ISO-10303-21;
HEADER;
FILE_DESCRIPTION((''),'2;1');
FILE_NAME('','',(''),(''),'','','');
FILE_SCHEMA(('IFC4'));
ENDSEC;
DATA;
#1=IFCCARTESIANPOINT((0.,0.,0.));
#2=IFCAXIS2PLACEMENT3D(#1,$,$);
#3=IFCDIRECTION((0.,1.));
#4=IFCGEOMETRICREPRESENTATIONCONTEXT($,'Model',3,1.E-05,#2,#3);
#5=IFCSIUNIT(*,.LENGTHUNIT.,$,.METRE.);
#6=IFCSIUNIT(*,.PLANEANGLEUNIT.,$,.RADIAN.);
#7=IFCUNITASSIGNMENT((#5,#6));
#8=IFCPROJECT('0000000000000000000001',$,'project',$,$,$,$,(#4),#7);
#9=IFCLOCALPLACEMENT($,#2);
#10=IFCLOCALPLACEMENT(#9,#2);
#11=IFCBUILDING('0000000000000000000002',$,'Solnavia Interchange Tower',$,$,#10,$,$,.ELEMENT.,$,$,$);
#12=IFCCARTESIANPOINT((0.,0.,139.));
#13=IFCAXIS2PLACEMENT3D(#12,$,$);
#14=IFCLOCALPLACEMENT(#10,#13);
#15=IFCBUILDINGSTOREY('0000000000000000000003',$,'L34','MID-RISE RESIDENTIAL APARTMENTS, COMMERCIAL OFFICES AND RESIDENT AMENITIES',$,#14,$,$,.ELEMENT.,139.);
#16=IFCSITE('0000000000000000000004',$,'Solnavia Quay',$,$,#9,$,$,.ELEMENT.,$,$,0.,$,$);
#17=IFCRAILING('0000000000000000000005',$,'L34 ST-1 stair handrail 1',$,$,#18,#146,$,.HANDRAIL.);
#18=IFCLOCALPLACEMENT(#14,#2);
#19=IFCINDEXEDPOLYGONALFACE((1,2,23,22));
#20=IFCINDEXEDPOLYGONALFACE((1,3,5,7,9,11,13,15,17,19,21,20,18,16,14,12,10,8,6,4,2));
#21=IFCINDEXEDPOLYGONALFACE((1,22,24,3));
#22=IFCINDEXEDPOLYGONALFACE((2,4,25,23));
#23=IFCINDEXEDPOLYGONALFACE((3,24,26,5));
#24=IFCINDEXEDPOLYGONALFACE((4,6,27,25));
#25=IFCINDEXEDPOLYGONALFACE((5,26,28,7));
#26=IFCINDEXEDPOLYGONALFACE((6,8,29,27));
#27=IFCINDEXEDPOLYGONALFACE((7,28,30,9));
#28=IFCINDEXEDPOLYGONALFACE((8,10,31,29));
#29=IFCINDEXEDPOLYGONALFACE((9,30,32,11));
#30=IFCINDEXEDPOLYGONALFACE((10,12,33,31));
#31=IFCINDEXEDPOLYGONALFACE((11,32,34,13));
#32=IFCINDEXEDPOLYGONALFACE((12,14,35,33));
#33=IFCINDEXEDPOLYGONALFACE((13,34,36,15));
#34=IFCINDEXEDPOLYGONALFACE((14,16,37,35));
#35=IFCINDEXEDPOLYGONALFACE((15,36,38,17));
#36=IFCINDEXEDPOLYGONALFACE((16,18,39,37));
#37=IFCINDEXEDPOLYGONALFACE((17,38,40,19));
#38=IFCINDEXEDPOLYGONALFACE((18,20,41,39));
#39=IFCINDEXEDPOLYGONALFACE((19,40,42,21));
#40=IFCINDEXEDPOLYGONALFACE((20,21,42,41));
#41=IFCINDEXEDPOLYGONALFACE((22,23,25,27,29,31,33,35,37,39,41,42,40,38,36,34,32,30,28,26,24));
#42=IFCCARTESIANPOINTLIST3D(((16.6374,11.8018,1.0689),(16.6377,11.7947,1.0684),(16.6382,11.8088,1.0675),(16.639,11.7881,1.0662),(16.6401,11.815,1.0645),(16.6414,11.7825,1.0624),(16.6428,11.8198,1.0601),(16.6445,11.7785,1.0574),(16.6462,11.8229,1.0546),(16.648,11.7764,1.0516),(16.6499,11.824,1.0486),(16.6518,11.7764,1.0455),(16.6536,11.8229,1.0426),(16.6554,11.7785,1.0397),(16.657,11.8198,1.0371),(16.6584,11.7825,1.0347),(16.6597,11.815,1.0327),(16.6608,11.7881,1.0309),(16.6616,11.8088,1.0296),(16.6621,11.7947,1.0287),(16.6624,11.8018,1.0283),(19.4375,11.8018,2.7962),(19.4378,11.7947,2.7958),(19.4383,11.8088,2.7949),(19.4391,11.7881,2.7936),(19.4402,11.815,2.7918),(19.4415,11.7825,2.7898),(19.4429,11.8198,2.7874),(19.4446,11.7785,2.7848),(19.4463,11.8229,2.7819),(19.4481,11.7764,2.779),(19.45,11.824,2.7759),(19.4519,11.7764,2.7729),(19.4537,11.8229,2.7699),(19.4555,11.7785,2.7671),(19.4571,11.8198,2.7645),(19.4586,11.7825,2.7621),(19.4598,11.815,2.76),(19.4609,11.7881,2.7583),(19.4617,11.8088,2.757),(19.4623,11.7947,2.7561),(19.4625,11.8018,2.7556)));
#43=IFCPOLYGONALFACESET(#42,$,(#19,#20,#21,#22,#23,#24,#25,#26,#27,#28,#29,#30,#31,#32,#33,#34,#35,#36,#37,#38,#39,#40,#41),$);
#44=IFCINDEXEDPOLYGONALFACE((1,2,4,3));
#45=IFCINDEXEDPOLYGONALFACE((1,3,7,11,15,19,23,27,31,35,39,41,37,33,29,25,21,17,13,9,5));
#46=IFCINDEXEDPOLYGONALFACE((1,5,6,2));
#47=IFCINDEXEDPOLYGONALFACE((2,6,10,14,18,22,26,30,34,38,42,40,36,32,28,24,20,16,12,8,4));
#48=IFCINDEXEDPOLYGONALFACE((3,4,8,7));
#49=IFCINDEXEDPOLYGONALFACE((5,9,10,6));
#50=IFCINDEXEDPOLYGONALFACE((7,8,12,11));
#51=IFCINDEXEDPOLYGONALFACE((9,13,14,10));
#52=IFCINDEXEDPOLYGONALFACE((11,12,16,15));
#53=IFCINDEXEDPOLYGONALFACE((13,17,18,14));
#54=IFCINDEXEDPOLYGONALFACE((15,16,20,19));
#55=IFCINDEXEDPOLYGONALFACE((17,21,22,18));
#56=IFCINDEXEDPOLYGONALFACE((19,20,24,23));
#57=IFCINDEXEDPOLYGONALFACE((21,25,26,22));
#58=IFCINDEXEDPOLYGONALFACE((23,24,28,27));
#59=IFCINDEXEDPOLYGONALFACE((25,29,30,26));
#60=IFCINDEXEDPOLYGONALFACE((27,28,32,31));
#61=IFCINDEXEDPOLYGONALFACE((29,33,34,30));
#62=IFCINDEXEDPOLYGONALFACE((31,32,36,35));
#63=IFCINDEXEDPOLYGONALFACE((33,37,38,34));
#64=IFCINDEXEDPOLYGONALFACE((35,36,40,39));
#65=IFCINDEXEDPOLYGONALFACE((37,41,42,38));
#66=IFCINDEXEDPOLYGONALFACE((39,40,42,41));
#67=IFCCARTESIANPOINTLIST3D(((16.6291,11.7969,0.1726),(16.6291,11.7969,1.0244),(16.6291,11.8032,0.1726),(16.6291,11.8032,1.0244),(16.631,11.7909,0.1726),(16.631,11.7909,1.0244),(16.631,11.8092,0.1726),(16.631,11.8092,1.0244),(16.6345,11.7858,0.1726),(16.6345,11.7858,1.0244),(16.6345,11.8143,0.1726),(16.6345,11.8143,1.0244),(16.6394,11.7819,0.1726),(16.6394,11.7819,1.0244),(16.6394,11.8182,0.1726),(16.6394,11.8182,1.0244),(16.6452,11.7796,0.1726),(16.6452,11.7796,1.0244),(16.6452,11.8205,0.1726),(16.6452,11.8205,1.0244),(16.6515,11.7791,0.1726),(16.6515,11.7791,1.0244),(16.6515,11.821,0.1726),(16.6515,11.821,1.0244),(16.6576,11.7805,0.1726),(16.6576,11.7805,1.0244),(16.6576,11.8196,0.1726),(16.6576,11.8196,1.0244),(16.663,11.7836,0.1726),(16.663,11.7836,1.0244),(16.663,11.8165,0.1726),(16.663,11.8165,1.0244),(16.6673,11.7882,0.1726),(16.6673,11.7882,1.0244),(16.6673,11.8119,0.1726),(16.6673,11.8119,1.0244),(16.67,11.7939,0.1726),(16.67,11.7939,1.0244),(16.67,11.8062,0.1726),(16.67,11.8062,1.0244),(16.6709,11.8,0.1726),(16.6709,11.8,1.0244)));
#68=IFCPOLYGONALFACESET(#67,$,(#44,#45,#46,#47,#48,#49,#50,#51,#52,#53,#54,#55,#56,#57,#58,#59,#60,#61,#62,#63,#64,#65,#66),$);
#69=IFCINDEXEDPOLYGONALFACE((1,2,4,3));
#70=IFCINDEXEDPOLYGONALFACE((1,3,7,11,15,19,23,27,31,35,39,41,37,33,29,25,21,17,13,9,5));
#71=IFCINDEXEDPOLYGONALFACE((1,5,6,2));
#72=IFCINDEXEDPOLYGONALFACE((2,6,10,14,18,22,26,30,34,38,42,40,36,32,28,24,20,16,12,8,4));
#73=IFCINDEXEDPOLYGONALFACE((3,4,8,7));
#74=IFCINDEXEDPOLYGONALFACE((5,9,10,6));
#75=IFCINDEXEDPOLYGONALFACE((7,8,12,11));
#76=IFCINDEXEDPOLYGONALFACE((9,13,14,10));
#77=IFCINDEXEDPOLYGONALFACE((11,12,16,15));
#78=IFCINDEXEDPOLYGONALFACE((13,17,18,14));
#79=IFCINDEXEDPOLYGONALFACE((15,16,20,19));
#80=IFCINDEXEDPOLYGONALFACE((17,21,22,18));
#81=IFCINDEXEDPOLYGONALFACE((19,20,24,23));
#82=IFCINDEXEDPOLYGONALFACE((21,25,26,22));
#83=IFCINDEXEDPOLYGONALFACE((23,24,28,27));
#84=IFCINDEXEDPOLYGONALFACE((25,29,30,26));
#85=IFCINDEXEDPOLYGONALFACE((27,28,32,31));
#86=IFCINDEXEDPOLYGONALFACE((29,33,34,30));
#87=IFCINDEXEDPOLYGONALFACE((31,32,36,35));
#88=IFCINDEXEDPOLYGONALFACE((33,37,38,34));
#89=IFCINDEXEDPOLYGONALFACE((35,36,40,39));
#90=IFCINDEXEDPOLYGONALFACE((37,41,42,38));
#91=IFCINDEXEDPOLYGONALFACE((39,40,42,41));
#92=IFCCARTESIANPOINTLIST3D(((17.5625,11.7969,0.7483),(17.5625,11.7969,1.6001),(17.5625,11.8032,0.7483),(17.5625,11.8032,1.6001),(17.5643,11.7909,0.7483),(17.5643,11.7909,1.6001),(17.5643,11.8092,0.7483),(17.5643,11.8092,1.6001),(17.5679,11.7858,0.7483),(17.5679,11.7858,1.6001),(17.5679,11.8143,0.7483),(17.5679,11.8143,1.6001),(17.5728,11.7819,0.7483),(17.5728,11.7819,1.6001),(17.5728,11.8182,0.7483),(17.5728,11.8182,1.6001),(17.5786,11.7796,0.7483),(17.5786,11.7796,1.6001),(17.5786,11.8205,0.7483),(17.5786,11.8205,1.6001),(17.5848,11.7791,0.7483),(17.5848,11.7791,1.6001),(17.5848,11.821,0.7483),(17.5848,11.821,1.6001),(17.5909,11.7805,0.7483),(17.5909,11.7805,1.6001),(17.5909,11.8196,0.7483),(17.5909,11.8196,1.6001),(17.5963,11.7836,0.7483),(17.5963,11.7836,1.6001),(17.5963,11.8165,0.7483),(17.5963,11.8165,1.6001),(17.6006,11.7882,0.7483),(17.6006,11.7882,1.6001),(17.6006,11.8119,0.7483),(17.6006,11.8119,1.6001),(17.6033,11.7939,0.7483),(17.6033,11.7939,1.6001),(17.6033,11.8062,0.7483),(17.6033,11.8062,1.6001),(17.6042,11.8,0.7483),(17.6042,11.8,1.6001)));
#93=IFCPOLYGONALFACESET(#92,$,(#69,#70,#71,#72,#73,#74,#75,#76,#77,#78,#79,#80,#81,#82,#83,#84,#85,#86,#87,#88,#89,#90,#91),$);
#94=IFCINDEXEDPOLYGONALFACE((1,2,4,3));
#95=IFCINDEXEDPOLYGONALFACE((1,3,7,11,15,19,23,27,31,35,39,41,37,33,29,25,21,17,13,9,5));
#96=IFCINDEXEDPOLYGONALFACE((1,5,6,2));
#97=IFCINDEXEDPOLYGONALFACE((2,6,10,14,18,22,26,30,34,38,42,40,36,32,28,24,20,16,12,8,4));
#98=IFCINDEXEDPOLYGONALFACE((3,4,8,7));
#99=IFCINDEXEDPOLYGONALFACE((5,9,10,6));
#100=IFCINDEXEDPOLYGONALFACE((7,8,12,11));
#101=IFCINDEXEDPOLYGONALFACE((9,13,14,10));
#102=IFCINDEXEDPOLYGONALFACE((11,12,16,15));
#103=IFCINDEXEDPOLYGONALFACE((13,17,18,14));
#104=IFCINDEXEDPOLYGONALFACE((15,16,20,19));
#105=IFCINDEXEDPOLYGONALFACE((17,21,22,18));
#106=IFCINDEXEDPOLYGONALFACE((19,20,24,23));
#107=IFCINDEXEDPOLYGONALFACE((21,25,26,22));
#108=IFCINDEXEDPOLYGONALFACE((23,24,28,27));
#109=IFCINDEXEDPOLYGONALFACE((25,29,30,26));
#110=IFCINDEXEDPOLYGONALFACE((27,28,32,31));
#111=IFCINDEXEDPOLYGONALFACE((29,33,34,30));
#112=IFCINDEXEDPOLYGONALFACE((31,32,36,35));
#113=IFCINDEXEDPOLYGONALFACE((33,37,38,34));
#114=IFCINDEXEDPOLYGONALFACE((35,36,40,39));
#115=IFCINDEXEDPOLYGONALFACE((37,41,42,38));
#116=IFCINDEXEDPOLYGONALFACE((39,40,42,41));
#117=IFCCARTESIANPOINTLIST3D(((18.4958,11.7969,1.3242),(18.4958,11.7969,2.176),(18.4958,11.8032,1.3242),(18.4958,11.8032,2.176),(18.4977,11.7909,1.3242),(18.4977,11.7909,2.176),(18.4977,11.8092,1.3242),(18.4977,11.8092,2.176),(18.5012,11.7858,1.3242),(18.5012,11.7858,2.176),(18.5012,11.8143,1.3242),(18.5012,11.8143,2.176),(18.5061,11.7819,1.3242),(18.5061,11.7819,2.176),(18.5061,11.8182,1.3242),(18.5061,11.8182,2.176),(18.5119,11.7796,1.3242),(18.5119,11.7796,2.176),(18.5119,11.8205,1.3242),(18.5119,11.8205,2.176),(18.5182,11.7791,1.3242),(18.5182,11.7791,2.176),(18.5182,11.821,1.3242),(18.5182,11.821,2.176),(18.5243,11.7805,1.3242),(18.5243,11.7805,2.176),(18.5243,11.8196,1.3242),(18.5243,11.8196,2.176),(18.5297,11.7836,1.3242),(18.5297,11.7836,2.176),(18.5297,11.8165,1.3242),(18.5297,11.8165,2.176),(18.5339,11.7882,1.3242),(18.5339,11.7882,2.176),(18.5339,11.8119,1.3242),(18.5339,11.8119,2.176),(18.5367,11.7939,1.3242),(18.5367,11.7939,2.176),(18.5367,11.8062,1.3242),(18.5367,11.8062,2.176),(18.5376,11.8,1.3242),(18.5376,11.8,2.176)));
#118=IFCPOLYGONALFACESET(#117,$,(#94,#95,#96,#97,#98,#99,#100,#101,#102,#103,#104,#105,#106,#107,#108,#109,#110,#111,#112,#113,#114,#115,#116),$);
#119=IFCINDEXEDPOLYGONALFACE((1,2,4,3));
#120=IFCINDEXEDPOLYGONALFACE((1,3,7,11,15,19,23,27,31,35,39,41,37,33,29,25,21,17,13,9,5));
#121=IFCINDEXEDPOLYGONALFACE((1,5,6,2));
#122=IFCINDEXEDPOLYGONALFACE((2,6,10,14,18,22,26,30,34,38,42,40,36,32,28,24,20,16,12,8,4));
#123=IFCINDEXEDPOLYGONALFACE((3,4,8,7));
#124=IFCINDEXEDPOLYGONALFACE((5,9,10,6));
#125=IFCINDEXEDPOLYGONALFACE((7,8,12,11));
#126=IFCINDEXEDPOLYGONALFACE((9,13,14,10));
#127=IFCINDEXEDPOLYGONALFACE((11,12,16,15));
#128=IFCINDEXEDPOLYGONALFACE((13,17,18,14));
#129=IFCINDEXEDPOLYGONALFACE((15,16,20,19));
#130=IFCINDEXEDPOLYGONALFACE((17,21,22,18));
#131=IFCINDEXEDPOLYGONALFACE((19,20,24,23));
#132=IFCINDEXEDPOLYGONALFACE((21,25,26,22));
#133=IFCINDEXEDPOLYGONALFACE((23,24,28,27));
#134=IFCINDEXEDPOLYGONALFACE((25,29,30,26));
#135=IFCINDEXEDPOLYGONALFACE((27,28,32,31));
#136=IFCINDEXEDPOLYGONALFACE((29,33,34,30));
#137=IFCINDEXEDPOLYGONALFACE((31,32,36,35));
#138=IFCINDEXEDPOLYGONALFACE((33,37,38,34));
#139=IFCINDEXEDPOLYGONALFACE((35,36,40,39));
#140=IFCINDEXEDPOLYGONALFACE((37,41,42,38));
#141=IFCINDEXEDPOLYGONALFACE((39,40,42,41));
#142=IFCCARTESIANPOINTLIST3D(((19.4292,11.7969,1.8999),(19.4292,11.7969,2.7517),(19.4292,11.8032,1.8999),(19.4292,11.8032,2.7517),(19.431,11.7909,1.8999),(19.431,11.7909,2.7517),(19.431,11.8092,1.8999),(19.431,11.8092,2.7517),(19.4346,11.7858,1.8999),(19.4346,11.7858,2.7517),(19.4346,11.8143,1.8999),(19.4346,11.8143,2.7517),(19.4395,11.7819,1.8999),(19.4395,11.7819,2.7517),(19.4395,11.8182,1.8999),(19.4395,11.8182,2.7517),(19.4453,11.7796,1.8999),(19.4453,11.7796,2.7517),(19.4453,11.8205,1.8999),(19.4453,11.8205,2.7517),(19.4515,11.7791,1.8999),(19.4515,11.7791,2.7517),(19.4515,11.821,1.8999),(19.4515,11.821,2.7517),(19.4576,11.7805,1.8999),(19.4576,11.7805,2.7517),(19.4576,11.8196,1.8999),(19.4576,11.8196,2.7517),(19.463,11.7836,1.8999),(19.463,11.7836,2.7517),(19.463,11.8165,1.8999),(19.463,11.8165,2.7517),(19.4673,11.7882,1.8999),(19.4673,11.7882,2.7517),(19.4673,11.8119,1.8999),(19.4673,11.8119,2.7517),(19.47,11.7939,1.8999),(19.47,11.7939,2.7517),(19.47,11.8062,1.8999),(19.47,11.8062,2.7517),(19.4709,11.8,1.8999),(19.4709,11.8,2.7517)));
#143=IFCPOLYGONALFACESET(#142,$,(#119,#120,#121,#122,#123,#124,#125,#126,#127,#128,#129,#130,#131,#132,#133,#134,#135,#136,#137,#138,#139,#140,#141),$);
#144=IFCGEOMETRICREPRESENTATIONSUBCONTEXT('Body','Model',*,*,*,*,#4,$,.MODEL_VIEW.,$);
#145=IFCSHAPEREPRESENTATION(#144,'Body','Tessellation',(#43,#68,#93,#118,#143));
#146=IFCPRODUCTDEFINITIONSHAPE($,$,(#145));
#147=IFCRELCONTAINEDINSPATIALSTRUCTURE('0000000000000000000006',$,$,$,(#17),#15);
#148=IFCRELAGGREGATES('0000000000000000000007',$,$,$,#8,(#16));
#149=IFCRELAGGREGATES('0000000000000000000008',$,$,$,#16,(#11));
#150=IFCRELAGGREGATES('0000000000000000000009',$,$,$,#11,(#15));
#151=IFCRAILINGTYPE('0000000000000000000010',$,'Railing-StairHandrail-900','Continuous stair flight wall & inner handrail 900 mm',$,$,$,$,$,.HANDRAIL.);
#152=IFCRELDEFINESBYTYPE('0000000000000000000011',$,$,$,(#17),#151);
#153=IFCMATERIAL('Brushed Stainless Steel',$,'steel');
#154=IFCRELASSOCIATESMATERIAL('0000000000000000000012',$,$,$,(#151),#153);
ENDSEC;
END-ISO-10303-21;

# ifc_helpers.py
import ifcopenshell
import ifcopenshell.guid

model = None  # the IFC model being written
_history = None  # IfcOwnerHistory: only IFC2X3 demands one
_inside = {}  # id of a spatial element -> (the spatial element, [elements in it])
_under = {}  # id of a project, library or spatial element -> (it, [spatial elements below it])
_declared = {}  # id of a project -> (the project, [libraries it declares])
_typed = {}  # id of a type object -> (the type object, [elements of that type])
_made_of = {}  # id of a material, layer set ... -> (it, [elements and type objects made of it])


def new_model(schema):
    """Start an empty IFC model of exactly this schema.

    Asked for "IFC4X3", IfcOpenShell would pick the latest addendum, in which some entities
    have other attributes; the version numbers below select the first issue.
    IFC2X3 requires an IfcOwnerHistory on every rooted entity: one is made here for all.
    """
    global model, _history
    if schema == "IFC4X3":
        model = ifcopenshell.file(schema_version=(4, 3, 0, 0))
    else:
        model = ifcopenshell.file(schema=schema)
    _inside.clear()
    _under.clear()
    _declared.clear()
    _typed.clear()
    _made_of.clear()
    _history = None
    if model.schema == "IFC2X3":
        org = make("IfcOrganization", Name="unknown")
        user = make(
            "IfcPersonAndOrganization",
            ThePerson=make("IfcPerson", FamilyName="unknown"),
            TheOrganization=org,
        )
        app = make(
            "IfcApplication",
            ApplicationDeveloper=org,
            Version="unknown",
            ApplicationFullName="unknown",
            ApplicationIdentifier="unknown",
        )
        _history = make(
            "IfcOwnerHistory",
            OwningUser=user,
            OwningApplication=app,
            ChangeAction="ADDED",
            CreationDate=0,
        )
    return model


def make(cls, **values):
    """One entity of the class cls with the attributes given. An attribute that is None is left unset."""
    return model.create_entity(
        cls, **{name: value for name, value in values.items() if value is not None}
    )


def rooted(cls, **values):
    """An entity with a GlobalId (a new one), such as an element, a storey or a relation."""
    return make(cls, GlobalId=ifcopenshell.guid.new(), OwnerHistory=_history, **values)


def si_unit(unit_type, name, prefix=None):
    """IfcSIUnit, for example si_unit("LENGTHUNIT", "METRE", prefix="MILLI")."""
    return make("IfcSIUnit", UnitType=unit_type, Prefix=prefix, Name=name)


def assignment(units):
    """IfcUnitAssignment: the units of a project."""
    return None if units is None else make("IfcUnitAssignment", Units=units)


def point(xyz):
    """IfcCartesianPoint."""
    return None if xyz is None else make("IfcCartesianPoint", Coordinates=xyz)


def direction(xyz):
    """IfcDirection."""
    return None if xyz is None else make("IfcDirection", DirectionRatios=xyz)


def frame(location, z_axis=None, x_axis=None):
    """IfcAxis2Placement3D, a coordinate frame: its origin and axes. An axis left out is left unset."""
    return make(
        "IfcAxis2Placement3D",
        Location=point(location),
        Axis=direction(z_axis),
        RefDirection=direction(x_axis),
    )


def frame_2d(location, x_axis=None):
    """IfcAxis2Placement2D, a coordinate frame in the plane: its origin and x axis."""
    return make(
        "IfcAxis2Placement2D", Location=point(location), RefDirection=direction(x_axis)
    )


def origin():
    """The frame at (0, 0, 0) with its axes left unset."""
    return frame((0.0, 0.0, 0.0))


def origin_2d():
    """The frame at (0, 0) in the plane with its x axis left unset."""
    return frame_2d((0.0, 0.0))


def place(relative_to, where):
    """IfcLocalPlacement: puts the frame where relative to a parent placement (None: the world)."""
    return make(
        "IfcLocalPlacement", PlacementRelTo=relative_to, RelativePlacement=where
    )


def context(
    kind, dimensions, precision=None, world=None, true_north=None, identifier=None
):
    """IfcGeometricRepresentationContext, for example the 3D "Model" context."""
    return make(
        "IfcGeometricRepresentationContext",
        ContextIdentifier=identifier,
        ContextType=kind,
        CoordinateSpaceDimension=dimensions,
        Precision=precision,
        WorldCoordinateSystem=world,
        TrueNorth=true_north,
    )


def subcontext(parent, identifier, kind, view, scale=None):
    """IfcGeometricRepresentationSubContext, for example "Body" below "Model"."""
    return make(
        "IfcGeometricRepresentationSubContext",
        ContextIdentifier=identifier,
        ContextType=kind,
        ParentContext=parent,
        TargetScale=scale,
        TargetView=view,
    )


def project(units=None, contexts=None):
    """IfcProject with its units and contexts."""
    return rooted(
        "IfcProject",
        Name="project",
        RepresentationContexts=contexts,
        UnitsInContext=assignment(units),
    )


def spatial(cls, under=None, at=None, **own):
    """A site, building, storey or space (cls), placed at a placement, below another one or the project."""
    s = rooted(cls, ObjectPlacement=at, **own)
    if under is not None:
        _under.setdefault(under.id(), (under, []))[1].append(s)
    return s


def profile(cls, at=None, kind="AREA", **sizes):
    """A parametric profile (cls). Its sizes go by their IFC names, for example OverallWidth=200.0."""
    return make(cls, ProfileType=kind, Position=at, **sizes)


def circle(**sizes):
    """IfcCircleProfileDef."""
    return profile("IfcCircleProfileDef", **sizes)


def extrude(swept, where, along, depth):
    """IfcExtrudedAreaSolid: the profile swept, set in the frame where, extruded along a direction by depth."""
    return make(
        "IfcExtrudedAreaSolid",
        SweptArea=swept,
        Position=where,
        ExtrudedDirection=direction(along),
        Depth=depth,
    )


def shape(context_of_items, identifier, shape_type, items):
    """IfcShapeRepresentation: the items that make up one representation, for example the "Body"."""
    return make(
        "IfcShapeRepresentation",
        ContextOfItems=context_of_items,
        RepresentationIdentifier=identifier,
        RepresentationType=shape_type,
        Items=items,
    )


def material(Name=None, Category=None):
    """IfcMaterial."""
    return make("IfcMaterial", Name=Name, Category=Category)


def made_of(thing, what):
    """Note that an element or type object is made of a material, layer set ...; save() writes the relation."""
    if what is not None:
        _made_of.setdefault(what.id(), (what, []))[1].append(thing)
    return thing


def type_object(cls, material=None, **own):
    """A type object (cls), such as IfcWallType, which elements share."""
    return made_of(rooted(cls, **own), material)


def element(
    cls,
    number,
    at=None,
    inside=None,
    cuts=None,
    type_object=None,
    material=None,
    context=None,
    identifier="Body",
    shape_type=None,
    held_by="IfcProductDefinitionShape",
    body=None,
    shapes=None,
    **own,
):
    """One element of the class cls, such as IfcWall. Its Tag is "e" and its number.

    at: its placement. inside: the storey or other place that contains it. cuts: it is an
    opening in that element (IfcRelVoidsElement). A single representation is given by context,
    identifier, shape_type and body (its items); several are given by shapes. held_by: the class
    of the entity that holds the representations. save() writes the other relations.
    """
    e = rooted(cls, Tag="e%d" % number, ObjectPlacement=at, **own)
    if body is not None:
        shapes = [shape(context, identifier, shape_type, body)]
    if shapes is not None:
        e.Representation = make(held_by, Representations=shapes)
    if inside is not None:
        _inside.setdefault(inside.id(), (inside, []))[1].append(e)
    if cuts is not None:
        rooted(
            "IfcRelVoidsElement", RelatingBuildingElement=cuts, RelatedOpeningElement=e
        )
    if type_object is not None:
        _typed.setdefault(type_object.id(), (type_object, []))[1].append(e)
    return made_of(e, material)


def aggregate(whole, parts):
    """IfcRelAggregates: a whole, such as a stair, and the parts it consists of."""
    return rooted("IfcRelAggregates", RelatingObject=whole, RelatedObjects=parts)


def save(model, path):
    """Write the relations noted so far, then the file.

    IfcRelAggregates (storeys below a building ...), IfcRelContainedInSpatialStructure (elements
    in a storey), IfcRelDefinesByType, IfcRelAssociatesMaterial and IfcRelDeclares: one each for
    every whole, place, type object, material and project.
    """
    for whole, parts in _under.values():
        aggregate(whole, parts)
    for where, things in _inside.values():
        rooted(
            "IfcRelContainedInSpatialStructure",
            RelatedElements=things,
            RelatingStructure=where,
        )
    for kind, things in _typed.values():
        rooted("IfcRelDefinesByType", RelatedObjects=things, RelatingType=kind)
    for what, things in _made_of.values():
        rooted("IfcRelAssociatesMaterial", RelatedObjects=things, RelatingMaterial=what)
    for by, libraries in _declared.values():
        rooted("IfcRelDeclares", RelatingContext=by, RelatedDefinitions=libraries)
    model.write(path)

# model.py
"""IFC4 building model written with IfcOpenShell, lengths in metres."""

from ifc_helpers import new_model, si_unit, direction, frame, origin, origin_2d, place, context, subcontext, project, spatial, circle, extrude, material, type_object, element, save


model = new_model("IFC4")

# Units and contexts
model_context = context("Model", 3, precision=1e-05, world=origin(), true_north=direction((0.0, 1.0)))
body_context = subcontext(model_context, "Body", "Model", "MODEL_VIEW")
ifc_project = project(units=[si_unit("LENGTHUNIT", "METRE"), si_unit("PLANEANGLEUNIT", "RADIAN")], contexts=[model_context])

# Site, building, storey
site_placement = place(None, origin())
site = spatial("IfcSite", under=ifc_project, at=site_placement, Name="Solnavia Quay", CompositionType="ELEMENT", RefElevation=0.0)
building_placement = place(site_placement, origin())
building = spatial("IfcBuilding", under=site, at=building_placement, Name="Solnavia Interchange Tower", CompositionType="ELEMENT")
storey_placement = place(building_placement, frame((0.0, 0.0, 139.0)))
storey = spatial("IfcBuildingStorey", under=building, at=storey_placement, Name="L34", Description="MID-RISE RESIDENTIAL APARTMENTS, COMMERCIAL OFFICES AND RESIDENT AMENITIES", CompositionType="ELEMENT", Elevation=139.0)

# Railing
ifc_material_1 = material(Name="Brushed Stainless Steel", Category="steel")
railing_type_1 = type_object("IfcRailingType", Name="Railing-StairHandrail-900", Description="Continuous stair flight wall & inner handrail 900 mm", PredefinedType="HANDRAIL", material=ifc_material_1)
railing_1_placement = place(storey_placement, frame((16.6499, 11.8, 0.1726)))
element("IfcRailing", 1, at=railing_1_placement, inside=storey, type_object=railing_type_1, Name="L34 ST-1 stair handrail 1", PredefinedType="HANDRAIL", context=body_context, shape_type="SweptSolid", body=[
    extrude(circle(Radius=0.0239, at=origin_2d()), frame((0.0, 0.0, 0.876), z_axis=(0.85109, 0.0, 0.52502), x_axis=(0.0, 1.0, 0.0)), (0.0, 0.0, 1.0), 3.29),
    extrude(circle(Radius=0.021, at=origin_2d()), origin(), (0.0, 0.0, 1.0), 0.8518),
    extrude(circle(Radius=0.021, at=origin_2d()), frame((0.9333, 0.0, 0.5757)), (0.0, 0.0, 1.0), 0.8518),
    extrude(circle(Radius=0.021, at=origin_2d()), frame((1.8667, 0.0, 1.1516)), (0.0, 0.0, 1.0), 0.8518),
    extrude(circle(Radius=0.021, at=origin_2d()), frame((2.8, 0.0, 1.7273)), (0.0, 0.0, 1.0), 0.8518),
])

save(model, "model.ifc")
